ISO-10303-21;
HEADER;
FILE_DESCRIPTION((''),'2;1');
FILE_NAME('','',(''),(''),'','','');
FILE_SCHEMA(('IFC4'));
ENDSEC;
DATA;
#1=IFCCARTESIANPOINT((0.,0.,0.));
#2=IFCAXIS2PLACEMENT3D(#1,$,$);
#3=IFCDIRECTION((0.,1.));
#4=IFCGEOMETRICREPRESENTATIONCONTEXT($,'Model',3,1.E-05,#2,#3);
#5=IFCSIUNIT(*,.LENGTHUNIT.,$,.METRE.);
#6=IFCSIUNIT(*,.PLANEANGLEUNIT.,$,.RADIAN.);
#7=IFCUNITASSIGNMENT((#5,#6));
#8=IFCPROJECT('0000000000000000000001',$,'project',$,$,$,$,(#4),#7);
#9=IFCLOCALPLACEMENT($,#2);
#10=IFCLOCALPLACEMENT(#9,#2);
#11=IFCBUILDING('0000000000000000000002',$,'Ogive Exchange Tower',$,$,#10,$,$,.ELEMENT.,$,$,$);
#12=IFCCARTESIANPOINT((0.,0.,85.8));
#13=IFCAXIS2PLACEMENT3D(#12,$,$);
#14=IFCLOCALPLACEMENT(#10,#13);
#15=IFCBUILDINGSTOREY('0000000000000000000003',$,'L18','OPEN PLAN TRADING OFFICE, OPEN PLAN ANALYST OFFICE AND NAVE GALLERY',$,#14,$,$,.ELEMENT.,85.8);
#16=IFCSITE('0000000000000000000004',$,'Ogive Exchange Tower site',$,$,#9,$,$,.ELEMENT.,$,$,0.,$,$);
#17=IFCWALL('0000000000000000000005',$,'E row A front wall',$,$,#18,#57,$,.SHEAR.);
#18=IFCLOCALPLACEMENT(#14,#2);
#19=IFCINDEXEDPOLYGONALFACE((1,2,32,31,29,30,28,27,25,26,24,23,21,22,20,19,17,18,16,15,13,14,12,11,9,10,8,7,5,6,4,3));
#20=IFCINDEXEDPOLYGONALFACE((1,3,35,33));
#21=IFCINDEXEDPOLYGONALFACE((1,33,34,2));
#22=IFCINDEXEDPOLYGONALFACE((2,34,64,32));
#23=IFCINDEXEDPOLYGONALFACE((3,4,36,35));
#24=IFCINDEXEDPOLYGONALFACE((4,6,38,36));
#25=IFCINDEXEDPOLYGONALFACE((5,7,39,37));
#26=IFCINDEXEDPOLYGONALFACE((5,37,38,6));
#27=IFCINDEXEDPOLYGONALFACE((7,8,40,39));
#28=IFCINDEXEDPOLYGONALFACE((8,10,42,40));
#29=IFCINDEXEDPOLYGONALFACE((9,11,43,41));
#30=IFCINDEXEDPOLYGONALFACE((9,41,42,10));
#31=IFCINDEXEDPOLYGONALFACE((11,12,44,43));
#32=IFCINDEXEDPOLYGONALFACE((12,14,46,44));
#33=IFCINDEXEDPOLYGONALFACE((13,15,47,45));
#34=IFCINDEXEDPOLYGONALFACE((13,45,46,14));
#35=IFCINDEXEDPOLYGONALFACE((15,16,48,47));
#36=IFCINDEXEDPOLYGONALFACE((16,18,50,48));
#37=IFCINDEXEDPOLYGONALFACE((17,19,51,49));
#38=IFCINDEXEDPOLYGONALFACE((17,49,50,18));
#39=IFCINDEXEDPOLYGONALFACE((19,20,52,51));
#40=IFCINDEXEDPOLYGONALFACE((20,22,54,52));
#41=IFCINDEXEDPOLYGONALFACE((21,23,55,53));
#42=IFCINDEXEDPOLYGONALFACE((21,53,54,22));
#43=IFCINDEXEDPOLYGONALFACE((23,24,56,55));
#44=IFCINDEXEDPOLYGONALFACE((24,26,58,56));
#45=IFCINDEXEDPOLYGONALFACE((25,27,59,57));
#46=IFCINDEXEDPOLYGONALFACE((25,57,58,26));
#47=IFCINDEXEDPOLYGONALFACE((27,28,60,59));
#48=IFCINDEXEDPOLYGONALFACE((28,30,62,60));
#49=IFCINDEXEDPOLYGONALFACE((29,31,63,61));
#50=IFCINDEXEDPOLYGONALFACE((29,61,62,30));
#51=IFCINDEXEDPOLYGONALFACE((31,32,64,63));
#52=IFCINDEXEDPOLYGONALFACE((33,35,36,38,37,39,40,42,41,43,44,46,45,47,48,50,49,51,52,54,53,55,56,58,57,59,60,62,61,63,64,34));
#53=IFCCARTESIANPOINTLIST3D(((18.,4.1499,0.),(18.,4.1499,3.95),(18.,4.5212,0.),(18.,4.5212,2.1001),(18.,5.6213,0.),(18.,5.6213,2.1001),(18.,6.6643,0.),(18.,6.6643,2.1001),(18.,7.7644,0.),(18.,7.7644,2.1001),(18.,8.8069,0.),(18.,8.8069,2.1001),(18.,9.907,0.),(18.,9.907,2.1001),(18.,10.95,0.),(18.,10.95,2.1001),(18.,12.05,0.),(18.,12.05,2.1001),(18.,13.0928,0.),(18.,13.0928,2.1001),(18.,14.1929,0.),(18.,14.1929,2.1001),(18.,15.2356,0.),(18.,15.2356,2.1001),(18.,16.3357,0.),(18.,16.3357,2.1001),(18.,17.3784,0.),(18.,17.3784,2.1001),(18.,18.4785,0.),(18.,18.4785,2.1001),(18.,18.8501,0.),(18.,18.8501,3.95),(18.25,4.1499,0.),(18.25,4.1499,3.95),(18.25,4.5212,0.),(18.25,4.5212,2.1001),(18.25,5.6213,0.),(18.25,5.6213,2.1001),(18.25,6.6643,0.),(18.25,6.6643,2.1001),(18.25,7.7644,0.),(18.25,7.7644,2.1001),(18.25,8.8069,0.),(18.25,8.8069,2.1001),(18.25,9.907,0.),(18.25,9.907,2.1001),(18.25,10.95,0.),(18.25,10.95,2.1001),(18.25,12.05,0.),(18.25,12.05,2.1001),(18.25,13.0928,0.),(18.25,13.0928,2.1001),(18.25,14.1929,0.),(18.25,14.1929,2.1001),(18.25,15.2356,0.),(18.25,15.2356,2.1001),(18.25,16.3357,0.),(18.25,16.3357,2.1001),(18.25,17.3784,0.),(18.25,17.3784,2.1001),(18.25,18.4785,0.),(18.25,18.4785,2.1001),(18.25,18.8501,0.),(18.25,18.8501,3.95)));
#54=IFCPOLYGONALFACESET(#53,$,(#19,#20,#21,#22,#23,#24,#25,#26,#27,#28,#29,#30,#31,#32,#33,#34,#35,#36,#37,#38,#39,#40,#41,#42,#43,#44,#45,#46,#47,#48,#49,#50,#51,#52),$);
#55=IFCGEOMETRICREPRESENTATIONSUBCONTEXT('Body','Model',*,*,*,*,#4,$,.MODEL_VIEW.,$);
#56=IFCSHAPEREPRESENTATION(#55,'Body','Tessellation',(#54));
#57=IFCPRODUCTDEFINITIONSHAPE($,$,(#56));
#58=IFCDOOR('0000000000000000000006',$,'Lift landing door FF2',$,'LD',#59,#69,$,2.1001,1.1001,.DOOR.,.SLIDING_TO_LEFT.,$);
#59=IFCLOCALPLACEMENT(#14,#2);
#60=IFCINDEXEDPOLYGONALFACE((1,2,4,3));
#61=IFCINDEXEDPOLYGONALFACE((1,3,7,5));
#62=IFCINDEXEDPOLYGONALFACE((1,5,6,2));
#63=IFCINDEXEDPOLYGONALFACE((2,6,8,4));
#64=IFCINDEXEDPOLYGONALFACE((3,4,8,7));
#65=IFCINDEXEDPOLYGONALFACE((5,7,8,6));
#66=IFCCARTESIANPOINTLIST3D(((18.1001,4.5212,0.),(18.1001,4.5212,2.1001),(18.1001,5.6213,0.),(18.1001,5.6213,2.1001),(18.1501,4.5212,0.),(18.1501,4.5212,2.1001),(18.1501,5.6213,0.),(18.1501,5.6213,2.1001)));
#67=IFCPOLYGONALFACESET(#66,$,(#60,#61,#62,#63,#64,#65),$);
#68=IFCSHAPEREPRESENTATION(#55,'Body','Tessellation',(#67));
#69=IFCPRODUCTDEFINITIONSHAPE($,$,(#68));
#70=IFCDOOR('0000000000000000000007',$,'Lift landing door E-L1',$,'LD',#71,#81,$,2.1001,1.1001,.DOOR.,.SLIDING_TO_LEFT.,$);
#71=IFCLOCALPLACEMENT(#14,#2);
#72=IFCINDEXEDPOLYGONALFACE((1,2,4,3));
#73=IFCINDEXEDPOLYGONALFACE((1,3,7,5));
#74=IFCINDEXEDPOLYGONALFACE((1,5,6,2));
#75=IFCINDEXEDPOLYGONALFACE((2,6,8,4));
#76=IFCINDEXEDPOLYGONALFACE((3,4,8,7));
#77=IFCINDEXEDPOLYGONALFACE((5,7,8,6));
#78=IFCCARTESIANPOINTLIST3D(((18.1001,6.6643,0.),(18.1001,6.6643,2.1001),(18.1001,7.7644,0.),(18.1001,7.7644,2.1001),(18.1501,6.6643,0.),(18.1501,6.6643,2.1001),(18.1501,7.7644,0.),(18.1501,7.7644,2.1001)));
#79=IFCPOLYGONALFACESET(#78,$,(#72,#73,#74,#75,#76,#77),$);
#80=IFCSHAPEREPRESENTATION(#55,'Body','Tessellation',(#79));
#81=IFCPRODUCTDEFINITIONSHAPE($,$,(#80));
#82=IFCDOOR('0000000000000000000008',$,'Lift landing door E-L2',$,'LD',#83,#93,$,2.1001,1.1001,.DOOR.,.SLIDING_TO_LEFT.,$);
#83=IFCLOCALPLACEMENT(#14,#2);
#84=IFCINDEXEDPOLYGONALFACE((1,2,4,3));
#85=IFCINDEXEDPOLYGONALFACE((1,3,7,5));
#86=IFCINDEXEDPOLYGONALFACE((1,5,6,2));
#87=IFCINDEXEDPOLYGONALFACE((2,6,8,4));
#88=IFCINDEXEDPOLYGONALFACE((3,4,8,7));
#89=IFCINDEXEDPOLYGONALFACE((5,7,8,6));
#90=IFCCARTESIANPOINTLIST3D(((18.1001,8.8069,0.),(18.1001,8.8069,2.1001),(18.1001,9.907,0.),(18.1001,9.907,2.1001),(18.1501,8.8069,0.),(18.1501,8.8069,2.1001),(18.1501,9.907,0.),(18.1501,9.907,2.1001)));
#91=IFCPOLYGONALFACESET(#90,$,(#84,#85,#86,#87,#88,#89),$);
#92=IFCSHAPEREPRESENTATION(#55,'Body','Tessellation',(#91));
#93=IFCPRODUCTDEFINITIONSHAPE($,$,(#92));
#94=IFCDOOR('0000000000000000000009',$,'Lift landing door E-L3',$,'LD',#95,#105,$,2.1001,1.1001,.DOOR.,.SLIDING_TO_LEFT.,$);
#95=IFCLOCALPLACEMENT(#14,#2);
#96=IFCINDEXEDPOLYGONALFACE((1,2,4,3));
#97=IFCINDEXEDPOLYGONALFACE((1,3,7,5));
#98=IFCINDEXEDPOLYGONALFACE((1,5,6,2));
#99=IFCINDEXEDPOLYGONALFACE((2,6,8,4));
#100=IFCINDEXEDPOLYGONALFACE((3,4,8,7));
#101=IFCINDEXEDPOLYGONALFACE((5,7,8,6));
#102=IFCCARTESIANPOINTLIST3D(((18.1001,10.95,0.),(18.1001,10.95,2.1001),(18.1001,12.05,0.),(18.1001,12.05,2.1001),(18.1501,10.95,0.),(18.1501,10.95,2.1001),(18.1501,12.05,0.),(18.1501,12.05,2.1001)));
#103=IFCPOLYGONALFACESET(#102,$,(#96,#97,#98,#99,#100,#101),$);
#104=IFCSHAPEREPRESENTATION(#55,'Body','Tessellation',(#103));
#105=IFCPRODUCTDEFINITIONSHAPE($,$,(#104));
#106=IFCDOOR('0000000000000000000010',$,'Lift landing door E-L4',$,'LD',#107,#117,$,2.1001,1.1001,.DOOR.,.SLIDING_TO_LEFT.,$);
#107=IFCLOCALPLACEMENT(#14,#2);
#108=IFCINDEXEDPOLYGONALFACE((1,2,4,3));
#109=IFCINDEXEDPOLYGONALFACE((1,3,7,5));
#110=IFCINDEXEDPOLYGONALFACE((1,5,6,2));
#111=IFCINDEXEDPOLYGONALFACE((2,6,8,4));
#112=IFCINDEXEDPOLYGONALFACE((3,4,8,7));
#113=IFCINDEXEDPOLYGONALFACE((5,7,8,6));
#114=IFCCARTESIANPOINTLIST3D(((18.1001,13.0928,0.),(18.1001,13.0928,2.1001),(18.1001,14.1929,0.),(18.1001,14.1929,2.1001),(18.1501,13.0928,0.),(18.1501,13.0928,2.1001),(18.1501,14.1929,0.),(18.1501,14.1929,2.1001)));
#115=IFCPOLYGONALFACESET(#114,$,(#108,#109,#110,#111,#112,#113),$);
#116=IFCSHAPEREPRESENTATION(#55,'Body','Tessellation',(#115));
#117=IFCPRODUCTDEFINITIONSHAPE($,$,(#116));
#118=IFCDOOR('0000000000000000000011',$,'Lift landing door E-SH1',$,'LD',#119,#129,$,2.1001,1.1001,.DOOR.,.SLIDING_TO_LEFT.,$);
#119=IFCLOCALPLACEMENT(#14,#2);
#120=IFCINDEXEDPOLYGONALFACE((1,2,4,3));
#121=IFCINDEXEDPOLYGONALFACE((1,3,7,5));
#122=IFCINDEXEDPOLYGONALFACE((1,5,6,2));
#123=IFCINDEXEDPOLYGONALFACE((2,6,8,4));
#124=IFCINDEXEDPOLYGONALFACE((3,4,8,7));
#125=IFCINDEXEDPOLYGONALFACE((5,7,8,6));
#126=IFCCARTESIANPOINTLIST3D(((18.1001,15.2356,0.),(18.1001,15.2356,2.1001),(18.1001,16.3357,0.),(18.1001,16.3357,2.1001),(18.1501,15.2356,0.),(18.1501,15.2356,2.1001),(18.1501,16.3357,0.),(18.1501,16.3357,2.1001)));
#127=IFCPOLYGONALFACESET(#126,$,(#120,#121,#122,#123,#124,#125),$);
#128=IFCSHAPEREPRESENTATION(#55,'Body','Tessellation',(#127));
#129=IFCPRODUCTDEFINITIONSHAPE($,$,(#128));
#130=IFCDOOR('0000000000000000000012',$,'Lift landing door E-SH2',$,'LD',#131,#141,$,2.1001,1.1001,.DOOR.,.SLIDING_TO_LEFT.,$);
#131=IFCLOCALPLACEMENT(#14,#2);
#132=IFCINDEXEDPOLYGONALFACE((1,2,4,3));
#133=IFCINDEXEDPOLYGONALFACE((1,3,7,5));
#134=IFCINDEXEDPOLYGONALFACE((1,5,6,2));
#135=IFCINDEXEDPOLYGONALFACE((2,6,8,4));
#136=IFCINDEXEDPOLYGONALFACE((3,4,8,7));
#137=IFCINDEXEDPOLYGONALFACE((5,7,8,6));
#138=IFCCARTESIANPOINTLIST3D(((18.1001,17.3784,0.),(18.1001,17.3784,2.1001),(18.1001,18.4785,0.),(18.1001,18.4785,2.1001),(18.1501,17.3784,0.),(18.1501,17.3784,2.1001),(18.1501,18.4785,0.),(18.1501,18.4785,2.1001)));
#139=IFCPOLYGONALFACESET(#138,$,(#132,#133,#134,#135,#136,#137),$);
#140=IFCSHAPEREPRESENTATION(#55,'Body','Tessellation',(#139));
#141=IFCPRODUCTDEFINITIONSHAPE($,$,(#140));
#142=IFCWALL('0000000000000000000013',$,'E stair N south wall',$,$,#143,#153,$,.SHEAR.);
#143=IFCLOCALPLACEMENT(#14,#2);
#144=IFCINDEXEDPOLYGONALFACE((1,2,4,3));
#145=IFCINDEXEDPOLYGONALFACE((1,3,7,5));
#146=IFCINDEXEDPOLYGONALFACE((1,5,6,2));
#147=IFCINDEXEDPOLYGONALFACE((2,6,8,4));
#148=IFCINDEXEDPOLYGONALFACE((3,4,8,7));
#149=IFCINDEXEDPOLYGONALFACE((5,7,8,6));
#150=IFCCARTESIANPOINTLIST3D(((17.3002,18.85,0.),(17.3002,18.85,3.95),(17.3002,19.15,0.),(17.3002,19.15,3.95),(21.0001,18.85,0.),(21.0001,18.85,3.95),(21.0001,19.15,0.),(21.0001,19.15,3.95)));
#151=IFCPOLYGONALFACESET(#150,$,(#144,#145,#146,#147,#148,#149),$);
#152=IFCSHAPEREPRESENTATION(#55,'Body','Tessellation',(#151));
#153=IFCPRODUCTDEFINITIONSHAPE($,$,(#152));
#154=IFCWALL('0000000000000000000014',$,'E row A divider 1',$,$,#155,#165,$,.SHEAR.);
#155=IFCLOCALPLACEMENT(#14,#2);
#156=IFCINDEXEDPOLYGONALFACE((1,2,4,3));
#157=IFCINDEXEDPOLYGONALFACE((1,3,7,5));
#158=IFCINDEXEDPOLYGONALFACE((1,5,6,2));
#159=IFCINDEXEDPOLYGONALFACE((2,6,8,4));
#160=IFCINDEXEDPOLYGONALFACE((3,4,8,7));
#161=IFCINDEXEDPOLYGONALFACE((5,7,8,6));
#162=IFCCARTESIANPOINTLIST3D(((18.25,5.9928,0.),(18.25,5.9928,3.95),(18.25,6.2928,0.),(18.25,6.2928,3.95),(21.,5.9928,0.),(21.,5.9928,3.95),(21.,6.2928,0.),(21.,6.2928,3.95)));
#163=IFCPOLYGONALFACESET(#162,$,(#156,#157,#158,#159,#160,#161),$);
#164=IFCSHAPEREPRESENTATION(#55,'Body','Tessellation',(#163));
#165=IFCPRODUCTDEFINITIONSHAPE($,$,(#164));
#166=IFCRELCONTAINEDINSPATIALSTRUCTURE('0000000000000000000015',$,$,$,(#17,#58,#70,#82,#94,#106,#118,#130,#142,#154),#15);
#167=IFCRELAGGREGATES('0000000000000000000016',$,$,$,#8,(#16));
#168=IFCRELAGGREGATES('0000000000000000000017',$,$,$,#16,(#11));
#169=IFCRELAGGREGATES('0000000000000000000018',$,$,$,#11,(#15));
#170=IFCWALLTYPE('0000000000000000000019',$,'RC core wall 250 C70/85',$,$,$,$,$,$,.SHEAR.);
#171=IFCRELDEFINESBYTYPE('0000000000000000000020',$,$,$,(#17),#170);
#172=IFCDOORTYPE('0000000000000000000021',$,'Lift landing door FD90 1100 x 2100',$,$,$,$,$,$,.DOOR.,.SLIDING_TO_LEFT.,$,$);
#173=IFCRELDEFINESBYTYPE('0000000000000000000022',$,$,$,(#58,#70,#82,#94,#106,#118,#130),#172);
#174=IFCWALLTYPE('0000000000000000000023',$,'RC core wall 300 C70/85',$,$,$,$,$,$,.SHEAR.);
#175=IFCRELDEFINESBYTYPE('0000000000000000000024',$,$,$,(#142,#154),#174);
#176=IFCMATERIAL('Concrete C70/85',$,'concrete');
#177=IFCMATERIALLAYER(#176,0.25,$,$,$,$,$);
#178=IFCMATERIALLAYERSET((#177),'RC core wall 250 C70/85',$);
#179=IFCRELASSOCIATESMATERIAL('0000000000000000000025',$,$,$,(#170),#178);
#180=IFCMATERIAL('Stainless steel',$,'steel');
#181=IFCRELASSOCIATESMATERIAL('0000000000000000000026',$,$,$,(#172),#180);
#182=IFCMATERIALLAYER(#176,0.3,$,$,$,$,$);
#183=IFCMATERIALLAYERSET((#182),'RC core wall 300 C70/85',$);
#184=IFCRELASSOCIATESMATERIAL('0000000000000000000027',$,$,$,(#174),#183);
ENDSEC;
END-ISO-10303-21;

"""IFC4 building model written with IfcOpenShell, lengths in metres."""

from ifc_helpers import new_model, si_unit, direction, frame, frame_2d, origin, place, context, subcontext, project, spatial, rectangle, extrude, material, layer, layer_set, type_object, element, fill, save


model = new_model("IFC4")

# Units and contexts
model_context = context("Model", 3, precision=1e-05, world=origin(), true_north=direction((0.0, 1.0)))
body_context = subcontext(model_context, "Body", "Model", "MODEL_VIEW")
ifc_project = project(units=[si_unit("LENGTHUNIT", "METRE"), si_unit("PLANEANGLEUNIT", "RADIAN")], contexts=[model_context])

# Site, building, storey
site_placement = place(None, origin())
site = spatial("IfcSite", under=ifc_project, at=site_placement, Name="Ogive Exchange Tower site", CompositionType="ELEMENT", RefElevation=0.0)
building_placement = place(site_placement, origin())
building = spatial("IfcBuilding", under=site, at=building_placement, Name="Ogive Exchange Tower", CompositionType="ELEMENT")
storey_placement = place(building_placement, frame((0.0, 0.0, 85.8)))
storey = spatial("IfcBuildingStorey", under=building, at=storey_placement, Name="L18", Description="OPEN PLAN TRADING OFFICE, OPEN PLAN ANALYST OFFICE AND NAVE GALLERY", CompositionType="ELEMENT", Elevation=85.8)

# Shared definitions
ifc_material_1 = material(Name="Concrete C70/85", Category="concrete")
ifc_layer_1 = layer(ifc_material_1, 0.25)
ifc_layer_set_1 = layer_set([ifc_layer_1], Name="RC core wall 250 C70/85")
wall_type_1 = type_object("IfcWallType", Name="RC core wall 250 C70/85", PredefinedType="SHEAR", material=ifc_layer_set_1)

# Wall, openings, doors
wall_1_placement = place(storey_placement, frame((18.125, 4.1499, 0.0), z_axis=(0.0, 0.0, 1.0), x_axis=(0.0, 1.0, 0.0)))
wall_1 = element("IfcWall", 1, at=wall_1_placement, inside=storey, type_object=wall_type_1, Name="E row A front wall", PredefinedType="SHEAR", context=body_context, shape_type="SweptSolid", body=[
    extrude(rectangle(XDim=14.7002, YDim=0.25, at=frame_2d((7.3501, 0.0))), origin(), (0.0, 0.0, 1.0), 3.95),
])
opening_1_placement = place(wall_1_placement, frame((0.3713, 0.0, 0.0)))
opening_1 = element("IfcOpeningElement", 2, at=opening_1_placement, cuts=wall_1, PredefinedType="OPENING", context=body_context, shape_type="SweptSolid", body=[
    extrude(rectangle(XDim=1.1001, YDim=2.1001, at=frame_2d((0.55, 1.05))), frame((0.0, 0.135, 0.0), z_axis=(0.0, -1.0, 0.0), x_axis=(1.0, 0.0, 0.0)), (0.0, 0.0, 1.0), 0.27),
])
opening_2_placement = place(wall_1_placement, frame((2.5144, 0.0, 0.0)))
opening_2 = element("IfcOpeningElement", 3, at=opening_2_placement, cuts=wall_1, PredefinedType="OPENING", context=body_context, shape_type="SweptSolid", body=[
    extrude(rectangle(XDim=1.1001, YDim=2.1001, at=frame_2d((0.55, 1.05))), frame((0.0, 0.135, 0.0), z_axis=(0.0, -1.0, 0.0), x_axis=(1.0, 0.0, 0.0)), (0.0, 0.0, 1.0), 0.27),
])
opening_3_placement = place(wall_1_placement, frame((4.657, 0.0, 0.0)))
opening_3 = element("IfcOpeningElement", 4, at=opening_3_placement, cuts=wall_1, PredefinedType="OPENING", context=body_context, shape_type="SweptSolid", body=[
    extrude(rectangle(XDim=1.1001, YDim=2.1001, at=frame_2d((0.55, 1.05))), frame((0.0, 0.135, 0.0), z_axis=(0.0, -1.0, 0.0), x_axis=(1.0, 0.0, 0.0)), (0.0, 0.0, 1.0), 0.27),
])
opening_4_placement = place(wall_1_placement, frame((6.8, 0.0, 0.0)))
opening_4 = element("IfcOpeningElement", 5, at=opening_4_placement, cuts=wall_1, PredefinedType="OPENING", context=body_context, shape_type="SweptSolid", body=[
    extrude(rectangle(XDim=1.1001, YDim=2.1001, at=frame_2d((0.55, 1.05))), frame((0.0, 0.135, 0.0), z_axis=(0.0, -1.0, 0.0), x_axis=(1.0, 0.0, 0.0)), (0.0, 0.0, 1.0), 0.27),
])
opening_5_placement = place(wall_1_placement, frame((8.9429, 0.0, 0.0)))
opening_5 = element("IfcOpeningElement", 6, at=opening_5_placement, cuts=wall_1, PredefinedType="OPENING", context=body_context, shape_type="SweptSolid", body=[
    extrude(rectangle(XDim=1.1001, YDim=2.1001, at=frame_2d((0.55, 1.05))), frame((0.0, 0.135, 0.0), z_axis=(0.0, -1.0, 0.0), x_axis=(1.0, 0.0, 0.0)), (0.0, 0.0, 1.0), 0.27),
])
opening_6_placement = place(wall_1_placement, frame((11.0857, 0.0, 0.0)))
opening_6 = element("IfcOpeningElement", 7, at=opening_6_placement, cuts=wall_1, PredefinedType="OPENING", context=body_context, shape_type="SweptSolid", body=[
    extrude(rectangle(XDim=1.1001, YDim=2.1001, at=frame_2d((0.55, 1.05))), frame((0.0, 0.135, 0.0), z_axis=(0.0, -1.0, 0.0), x_axis=(1.0, 0.0, 0.0)), (0.0, 0.0, 1.0), 0.27),
])
opening_7_placement = place(wall_1_placement, frame((13.2285, 0.0, 0.0)))
opening_7 = element("IfcOpeningElement", 8, at=opening_7_placement, cuts=wall_1, PredefinedType="OPENING", context=body_context, shape_type="SweptSolid", body=[
    extrude(rectangle(XDim=1.1001, YDim=2.1001, at=frame_2d((0.55, 1.05))), frame((0.0, 0.135, 0.0), z_axis=(0.0, -1.0, 0.0), x_axis=(1.0, 0.0, 0.0)), (0.0, 0.0, 1.0), 0.27),
])
ifc_material_2 = material(Name="Stainless steel", Category="steel")
door_type_1 = type_object("IfcDoorType", Name="Lift landing door FD90 1100 x 2100", OperationType="SLIDING_TO_LEFT", PredefinedType="DOOR", material=ifc_material_2)
door_1_placement = place(opening_1_placement, origin())
door_1 = element("IfcDoor", 9, at=door_1_placement, inside=storey, type_object=door_type_1, Name="Lift landing door FF2", ObjectType="LD", OperationType="SLIDING_TO_LEFT", OverallHeight=2.1001, OverallWidth=1.1001, PredefinedType="DOOR", context=body_context, shape_type="SweptSolid", body=[
    extrude(rectangle(XDim=1.1001, YDim=2.1001, at=frame_2d((0.55, 1.05))), frame((0.0, 0.0249, 0.0), z_axis=(0.0, -1.0, 0.0), x_axis=(1.0, 0.0, 0.0)), (0.0, 0.0, 1.0), 0.05),
])
fill(opening_1, door_1)
door_2_placement = place(opening_2_placement, origin())
door_2 = element("IfcDoor", 10, at=door_2_placement, inside=storey, type_object=door_type_1, Name="Lift landing door E-L1", ObjectType="LD", OperationType="SLIDING_TO_LEFT", OverallHeight=2.1001, OverallWidth=1.1001, PredefinedType="DOOR", context=body_context, shape_type="SweptSolid", body=[
    extrude(rectangle(XDim=1.1001, YDim=2.1001, at=frame_2d((0.55, 1.05))), frame((0.0, 0.0249, 0.0), z_axis=(0.0, -1.0, 0.0), x_axis=(1.0, 0.0, 0.0)), (0.0, 0.0, 1.0), 0.05),
])
fill(opening_2, door_2)
door_3_placement = place(opening_3_placement, origin())
door_3 = element("IfcDoor", 11, at=door_3_placement, inside=storey, type_object=door_type_1, Name="Lift landing door E-L2", ObjectType="LD", OperationType="SLIDING_TO_LEFT", OverallHeight=2.1001, OverallWidth=1.1001, PredefinedType="DOOR", context=body_context, shape_type="SweptSolid", body=[
    extrude(rectangle(XDim=1.1001, YDim=2.1001, at=frame_2d((0.55, 1.05))), frame((0.0, 0.0249, 0.0), z_axis=(0.0, -1.0, 0.0), x_axis=(1.0, 0.0, 0.0)), (0.0, 0.0, 1.0), 0.05),
])
fill(opening_3, door_3)
door_4_placement = place(opening_4_placement, origin())
door_4 = element("IfcDoor", 12, at=door_4_placement, inside=storey, type_object=door_type_1, Name="Lift landing door E-L3", ObjectType="LD", OperationType="SLIDING_TO_LEFT", OverallHeight=2.1001, OverallWidth=1.1001, PredefinedType="DOOR", context=body_context, shape_type="SweptSolid", body=[
    extrude(rectangle(XDim=1.1001, YDim=2.1001, at=frame_2d((0.55, 1.05))), frame((0.0, 0.0249, 0.0), z_axis=(0.0, -1.0, 0.0), x_axis=(1.0, 0.0, 0.0)), (0.0, 0.0, 1.0), 0.05),
])
fill(opening_4, door_4)
door_5_placement = place(opening_5_placement, origin())
door_5 = element("IfcDoor", 13, at=door_5_placement, inside=storey, type_object=door_type_1, Name="Lift landing door E-L4", ObjectType="LD", OperationType="SLIDING_TO_LEFT", OverallHeight=2.1001, OverallWidth=1.1001, PredefinedType="DOOR", context=body_context, shape_type="SweptSolid", body=[
    extrude(rectangle(XDim=1.1001, YDim=2.1001, at=frame_2d((0.55, 1.05))), frame((0.0, 0.0249, 0.0), z_axis=(0.0, -1.0, 0.0), x_axis=(1.0, 0.0, 0.0)), (0.0, 0.0, 1.0), 0.05),
])
fill(opening_5, door_5)
door_6_placement = place(opening_6_placement, origin())
door_6 = element("IfcDoor", 14, at=door_6_placement, inside=storey, type_object=door_type_1, Name="Lift landing door E-SH1", ObjectType="LD", OperationType="SLIDING_TO_LEFT", OverallHeight=2.1001, OverallWidth=1.1001, PredefinedType="DOOR", context=body_context, shape_type="SweptSolid", body=[
    extrude(rectangle(XDim=1.1001, YDim=2.1001, at=frame_2d((0.55, 1.05))), frame((0.0, 0.0249, 0.0), z_axis=(0.0, -1.0, 0.0), x_axis=(1.0, 0.0, 0.0)), (0.0, 0.0, 1.0), 0.05),
])
fill(opening_6, door_6)
door_7_placement = place(opening_7_placement, origin())
door_7 = element("IfcDoor", 15, at=door_7_placement, inside=storey, type_object=door_type_1, Name="Lift landing door E-SH2", ObjectType="LD", OperationType="SLIDING_TO_LEFT", OverallHeight=2.1001, OverallWidth=1.1001, PredefinedType="DOOR", context=body_context, shape_type="SweptSolid", body=[
    extrude(rectangle(XDim=1.1001, YDim=2.1001, at=frame_2d((0.55, 1.05))), frame((0.0, 0.0249, 0.0), z_axis=(0.0, -1.0, 0.0), x_axis=(1.0, 0.0, 0.0)), (0.0, 0.0, 1.0), 0.05),
])
fill(opening_7, door_7)

# Walls
ifc_layer_2 = layer(ifc_material_1, 0.3)
ifc_layer_set_2 = layer_set([ifc_layer_2], Name="RC core wall 300 C70/85")
wall_type_2 = type_object("IfcWallType", Name="RC core wall 300 C70/85", PredefinedType="SHEAR", material=ifc_layer_set_2)
wall_2_placement = place(storey_placement, frame((17.3, 19.0, 0.0), z_axis=(0.0, 0.0, 1.0), x_axis=(1.0, 0.0, 0.0)))
element("IfcWall", 16, at=wall_2_placement, inside=storey, type_object=wall_type_2, Name="E stair N south wall", PredefinedType="SHEAR", context=body_context, shape_type="SweptSolid", body=[
    extrude(rectangle(XDim=3.7, YDim=0.3, at=frame_2d((1.8501, 0.0))), origin(), (0.0, 0.0, 1.0), 3.95),
])
for number, where, z_axis, x_axis, name in (
    (17, (18.25, 6.1428, 0.0), (0.0, 0.0, 1.0), (1.0, 0.0, 0.0), "E row A divider 1"),
):
    element("IfcWall", number, at=place(storey_placement, frame(where, z_axis=z_axis, x_axis=x_axis)), inside=storey, type_object=wall_type_2, Name=name, PredefinedType="SHEAR", context=body_context, shape_type="SweptSolid", body=[
        extrude(rectangle(XDim=2.75, YDim=0.3, at=frame_2d((1.375, 0.0))), origin(), (0.0, 0.0, 1.0), 3.95),
    ])

save(model, "model.ifc")
